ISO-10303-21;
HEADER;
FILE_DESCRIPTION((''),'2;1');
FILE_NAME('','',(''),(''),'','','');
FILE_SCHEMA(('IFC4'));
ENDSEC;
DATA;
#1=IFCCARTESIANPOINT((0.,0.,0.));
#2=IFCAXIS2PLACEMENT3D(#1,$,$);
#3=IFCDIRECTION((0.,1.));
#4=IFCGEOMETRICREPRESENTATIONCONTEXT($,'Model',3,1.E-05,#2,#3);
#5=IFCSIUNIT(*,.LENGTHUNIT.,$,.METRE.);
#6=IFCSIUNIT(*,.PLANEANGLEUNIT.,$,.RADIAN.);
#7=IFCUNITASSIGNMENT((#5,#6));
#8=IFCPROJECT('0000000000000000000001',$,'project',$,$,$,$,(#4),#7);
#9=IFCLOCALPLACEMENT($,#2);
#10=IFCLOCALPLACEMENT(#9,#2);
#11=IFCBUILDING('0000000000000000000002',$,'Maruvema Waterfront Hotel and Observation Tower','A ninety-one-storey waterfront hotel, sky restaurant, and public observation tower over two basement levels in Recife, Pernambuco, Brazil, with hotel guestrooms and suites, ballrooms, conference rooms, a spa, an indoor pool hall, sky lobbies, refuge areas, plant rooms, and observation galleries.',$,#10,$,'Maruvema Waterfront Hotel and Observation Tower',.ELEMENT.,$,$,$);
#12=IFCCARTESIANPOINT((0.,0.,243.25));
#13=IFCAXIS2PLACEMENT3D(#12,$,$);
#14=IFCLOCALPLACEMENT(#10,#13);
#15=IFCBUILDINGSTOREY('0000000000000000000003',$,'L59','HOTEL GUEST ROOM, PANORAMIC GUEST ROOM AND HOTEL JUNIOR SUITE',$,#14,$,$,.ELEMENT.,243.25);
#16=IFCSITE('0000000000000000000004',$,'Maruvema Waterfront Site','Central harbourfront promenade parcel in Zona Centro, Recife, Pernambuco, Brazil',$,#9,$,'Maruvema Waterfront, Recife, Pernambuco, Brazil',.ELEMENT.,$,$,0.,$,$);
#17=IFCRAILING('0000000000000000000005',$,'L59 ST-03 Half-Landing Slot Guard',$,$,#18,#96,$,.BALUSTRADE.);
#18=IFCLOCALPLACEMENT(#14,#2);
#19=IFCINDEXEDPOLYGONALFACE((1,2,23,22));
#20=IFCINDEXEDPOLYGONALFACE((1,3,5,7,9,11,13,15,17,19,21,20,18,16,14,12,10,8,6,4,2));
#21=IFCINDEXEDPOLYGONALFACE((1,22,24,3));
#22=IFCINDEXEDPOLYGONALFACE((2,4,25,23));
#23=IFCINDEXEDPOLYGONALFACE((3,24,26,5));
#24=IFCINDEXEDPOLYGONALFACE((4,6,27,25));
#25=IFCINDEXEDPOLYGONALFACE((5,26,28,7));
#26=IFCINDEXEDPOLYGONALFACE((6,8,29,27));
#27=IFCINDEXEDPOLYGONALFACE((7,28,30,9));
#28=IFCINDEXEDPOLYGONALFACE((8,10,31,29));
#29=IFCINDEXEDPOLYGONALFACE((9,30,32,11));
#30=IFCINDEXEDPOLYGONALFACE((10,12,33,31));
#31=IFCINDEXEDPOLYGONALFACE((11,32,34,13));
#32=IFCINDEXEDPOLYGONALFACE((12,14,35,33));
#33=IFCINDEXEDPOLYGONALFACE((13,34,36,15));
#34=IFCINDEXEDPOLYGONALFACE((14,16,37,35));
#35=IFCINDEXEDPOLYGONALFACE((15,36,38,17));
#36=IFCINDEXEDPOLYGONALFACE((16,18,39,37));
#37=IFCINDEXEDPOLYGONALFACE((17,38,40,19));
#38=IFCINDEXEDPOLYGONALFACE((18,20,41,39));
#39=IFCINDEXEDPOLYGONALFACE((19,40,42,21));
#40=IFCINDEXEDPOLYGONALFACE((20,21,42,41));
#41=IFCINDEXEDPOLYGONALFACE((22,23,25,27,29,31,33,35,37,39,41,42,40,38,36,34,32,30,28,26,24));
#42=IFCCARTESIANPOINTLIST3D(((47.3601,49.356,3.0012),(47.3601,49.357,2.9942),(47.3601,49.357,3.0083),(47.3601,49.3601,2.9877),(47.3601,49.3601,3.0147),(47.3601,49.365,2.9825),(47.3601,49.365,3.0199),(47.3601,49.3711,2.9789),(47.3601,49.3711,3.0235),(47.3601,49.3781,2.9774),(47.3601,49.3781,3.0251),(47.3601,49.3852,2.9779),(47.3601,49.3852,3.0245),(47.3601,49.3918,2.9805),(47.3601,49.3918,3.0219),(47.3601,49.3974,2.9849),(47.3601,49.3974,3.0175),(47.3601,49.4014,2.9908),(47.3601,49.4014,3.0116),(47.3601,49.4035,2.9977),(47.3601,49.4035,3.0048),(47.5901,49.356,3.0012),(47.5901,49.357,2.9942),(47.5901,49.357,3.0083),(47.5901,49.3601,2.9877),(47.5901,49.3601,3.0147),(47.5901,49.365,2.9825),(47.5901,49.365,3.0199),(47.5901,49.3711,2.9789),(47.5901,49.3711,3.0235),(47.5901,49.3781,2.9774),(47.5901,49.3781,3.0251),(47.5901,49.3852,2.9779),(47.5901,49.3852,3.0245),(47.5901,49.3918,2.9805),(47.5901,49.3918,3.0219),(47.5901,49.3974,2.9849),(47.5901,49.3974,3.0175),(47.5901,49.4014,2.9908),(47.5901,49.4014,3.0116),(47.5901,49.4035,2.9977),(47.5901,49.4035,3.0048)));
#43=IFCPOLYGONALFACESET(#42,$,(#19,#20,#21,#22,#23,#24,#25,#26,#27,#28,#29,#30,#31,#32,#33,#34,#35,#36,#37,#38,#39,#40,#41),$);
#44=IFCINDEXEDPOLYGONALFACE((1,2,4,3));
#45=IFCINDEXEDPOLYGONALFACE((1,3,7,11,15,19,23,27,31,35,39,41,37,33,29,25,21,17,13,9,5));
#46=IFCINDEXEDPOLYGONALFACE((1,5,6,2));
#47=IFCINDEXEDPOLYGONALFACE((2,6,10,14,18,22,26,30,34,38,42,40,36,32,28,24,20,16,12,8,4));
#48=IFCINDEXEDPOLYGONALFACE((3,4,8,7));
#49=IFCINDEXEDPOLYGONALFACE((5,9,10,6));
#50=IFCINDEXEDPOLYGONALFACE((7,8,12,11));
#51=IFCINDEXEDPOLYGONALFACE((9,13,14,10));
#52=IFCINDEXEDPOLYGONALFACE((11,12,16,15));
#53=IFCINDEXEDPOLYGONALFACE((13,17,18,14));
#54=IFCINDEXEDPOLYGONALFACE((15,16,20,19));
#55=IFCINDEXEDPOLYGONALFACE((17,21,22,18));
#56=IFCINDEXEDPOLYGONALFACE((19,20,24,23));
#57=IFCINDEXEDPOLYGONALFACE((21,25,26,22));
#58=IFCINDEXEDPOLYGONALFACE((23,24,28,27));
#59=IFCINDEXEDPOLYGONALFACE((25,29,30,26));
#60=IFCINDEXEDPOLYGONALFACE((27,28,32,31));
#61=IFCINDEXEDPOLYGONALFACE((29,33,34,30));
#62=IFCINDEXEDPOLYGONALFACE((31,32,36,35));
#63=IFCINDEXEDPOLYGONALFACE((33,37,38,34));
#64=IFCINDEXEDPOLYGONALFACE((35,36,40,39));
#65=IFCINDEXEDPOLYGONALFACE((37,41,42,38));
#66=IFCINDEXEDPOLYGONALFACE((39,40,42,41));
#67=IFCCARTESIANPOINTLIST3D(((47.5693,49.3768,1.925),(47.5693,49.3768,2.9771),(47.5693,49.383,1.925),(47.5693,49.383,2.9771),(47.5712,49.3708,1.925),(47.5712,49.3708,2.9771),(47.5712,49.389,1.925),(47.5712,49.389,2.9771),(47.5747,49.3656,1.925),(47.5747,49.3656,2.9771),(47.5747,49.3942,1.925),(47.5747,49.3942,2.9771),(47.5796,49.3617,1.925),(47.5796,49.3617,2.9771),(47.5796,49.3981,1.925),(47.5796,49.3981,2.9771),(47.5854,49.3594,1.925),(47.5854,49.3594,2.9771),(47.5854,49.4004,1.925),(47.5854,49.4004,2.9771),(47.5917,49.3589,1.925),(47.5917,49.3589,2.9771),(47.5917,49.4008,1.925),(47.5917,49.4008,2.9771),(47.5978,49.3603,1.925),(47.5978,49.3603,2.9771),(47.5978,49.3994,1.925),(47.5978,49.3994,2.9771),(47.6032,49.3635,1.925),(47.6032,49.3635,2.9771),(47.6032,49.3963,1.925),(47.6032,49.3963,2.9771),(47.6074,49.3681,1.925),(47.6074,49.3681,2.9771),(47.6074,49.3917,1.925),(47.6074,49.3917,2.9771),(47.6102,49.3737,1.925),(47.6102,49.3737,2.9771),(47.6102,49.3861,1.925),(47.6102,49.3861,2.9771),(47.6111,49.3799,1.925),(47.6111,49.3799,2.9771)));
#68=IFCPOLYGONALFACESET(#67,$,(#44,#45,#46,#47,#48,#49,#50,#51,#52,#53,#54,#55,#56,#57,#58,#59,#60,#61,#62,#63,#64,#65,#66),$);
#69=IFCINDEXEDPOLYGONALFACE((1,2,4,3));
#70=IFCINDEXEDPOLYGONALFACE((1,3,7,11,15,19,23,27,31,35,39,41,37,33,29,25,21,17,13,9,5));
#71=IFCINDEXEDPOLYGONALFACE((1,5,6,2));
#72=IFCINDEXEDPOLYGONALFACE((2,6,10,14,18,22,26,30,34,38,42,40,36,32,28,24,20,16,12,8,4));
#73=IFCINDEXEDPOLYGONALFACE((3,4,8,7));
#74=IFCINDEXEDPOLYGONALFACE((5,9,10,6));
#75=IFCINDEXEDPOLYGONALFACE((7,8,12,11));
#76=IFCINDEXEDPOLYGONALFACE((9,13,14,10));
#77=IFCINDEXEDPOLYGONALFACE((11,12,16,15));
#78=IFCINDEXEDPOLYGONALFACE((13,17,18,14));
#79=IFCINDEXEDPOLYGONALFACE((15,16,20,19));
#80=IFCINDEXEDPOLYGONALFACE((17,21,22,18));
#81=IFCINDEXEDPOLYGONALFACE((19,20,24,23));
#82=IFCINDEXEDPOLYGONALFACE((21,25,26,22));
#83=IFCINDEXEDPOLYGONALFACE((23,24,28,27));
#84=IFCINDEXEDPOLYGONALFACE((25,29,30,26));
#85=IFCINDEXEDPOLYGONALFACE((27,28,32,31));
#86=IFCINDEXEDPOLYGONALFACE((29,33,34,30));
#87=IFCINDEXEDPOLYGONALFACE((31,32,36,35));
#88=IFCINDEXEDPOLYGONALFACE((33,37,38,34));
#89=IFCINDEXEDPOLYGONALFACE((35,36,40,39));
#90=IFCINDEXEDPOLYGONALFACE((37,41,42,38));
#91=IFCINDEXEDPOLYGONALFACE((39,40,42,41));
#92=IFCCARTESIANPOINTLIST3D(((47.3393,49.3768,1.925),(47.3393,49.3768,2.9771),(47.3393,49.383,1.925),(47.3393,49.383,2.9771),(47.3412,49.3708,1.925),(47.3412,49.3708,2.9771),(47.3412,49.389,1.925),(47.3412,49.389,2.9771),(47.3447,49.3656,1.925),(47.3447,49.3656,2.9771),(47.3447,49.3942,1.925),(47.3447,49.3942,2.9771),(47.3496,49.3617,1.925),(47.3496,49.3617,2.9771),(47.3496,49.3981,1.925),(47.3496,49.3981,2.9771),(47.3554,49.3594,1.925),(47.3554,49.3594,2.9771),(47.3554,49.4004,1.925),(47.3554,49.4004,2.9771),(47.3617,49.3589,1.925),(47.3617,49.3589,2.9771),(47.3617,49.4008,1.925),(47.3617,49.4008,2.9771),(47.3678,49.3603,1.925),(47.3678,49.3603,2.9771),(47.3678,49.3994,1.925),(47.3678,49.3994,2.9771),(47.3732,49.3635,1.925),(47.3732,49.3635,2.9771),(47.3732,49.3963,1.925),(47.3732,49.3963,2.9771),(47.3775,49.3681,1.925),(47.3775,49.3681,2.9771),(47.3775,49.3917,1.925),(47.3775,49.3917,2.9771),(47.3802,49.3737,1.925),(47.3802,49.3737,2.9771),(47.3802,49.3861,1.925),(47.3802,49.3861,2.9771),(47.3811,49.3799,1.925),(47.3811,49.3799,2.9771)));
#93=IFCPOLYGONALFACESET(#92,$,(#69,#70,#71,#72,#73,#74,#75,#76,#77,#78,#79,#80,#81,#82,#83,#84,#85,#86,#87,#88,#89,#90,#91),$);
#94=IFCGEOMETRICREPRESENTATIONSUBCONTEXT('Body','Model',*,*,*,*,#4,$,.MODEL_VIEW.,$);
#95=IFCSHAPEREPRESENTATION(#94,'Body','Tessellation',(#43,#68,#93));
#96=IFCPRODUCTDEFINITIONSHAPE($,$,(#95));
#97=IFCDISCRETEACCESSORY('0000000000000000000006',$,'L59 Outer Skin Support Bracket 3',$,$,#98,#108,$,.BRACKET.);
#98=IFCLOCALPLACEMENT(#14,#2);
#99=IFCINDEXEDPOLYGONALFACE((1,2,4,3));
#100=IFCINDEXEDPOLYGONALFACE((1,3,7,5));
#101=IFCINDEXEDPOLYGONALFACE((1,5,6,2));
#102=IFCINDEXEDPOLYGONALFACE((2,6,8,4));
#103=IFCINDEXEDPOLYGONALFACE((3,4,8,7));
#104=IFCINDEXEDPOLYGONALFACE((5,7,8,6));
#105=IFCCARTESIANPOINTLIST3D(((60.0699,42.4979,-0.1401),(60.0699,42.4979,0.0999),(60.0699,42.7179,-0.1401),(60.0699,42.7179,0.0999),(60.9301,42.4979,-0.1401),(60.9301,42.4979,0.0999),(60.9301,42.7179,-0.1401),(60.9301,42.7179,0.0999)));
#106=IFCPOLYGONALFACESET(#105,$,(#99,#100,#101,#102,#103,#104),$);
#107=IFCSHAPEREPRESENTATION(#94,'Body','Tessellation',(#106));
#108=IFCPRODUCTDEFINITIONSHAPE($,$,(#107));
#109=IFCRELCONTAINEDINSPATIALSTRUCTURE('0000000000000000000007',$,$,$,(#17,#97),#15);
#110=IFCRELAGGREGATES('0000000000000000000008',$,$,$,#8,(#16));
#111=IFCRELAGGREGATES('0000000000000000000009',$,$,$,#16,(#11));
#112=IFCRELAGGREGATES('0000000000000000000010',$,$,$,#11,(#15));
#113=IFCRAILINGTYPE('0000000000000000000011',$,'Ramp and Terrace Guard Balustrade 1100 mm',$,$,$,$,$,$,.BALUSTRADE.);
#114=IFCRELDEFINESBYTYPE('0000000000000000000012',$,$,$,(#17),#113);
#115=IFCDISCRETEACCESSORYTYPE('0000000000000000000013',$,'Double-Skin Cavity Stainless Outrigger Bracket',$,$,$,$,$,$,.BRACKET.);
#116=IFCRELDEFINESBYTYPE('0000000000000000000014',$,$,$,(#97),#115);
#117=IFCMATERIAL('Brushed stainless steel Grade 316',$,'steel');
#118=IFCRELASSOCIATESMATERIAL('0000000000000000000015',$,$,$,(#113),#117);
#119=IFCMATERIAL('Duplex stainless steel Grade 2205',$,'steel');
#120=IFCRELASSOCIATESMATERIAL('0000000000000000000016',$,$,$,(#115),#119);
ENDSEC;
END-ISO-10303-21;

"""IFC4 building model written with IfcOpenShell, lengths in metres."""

from ifc_helpers import new_model, si_unit, direction, frame, origin, origin_2d, place, context, subcontext, project, spatial, rectangle, circle, extrude, material, type_object, element, save


model = new_model("IFC4")

# Units and contexts
model_context = context("Model", 3, precision=1e-05, world=origin(), true_north=direction((0.0, 1.0)))
body_context = subcontext(model_context, "Body", "Model", "MODEL_VIEW")
ifc_project = project(units=[si_unit("LENGTHUNIT", "METRE"), si_unit("PLANEANGLEUNIT", "RADIAN")], contexts=[model_context])

# Site, building, storey
site_placement = place(None, origin())
site = spatial("IfcSite", under=ifc_project, at=site_placement, Name="Maruvema Waterfront Site", Description="Central harbourfront promenade parcel in Zona Centro, Recife, Pernambuco, Brazil", LongName="Maruvema Waterfront, Recife, Pernambuco, Brazil", CompositionType="ELEMENT", RefElevation=0.0)
building_placement = place(site_placement, origin())
building = spatial("IfcBuilding", under=site, at=building_placement, Name="Maruvema Waterfront Hotel and Observation Tower", Description="A ninety-one-storey waterfront hotel, sky restaurant, and public observation tower over two basement levels in Recife, Pernambuco, Brazil, with hotel guestrooms and suites, ballrooms, conference rooms, a spa, an indoor pool hall, sky lobbies, refuge areas, plant rooms, and observation galleries.", LongName="Maruvema Waterfront Hotel and Observation Tower", CompositionType="ELEMENT")
storey_placement = place(building_placement, frame((0.0, 0.0, 243.25)))
storey = spatial("IfcBuildingStorey", under=building, at=storey_placement, Name="L59", Description="HOTEL GUEST ROOM, PANORAMIC GUEST ROOM AND HOTEL JUNIOR SUITE", CompositionType="ELEMENT", Elevation=243.25)

# Railing
ifc_material_1 = material(Name="Brushed stainless steel Grade 316", Category="steel")
railing_type_1 = type_object("IfcRailingType", Name="Ramp and Terrace Guard Balustrade 1100 mm", PredefinedType="BALUSTRADE", material=ifc_material_1)
railing_1_placement = place(storey_placement, frame((47.5901, 49.3799, 1.925)))
element("IfcRailing", 1, at=railing_1_placement, inside=storey, type_object=railing_type_1, Name="L59 ST-03 Half-Landing Slot Guard", PredefinedType="BALUSTRADE", context=body_context, shape_type="SweptSolid", body=[
    extrude(circle(Radius=0.0239, at=origin_2d()), frame((0.0, 0.0, 1.0762), z_axis=(-1.0, 0.0, 0.0), x_axis=(0.0, -1.0, 0.0)), (0.0, 0.0, 1.0), 0.23),
    extrude(circle(Radius=0.021, at=origin_2d()), origin(), (0.0, 0.0, 1.0), 1.052),
    extrude(circle(Radius=0.021, at=origin_2d()), frame((-0.23, 0.0, 0.0)), (0.0, 0.0, 1.0), 1.052),
])

# Discrete accessory
ifc_material_2 = material(Name="Duplex stainless steel Grade 2205", Category="steel")
discrete_accessory_type = type_object("IfcDiscreteAccessoryType", Name="Double-Skin Cavity Stainless Outrigger Bracket", PredefinedType="BRACKET", material=ifc_material_2)
discrete_accessory_placement = place(storey_placement, frame((60.5, 42.6079, -0.1401), z_axis=(0.0, 0.0, 1.0), x_axis=(0.0, 1.0, 0.0)))
element("IfcDiscreteAccessory", 2, at=discrete_accessory_placement, inside=storey, type_object=discrete_accessory_type, Name="L59 Outer Skin Support Bracket 3", PredefinedType="BRACKET", context=body_context, shape_type="SweptSolid", body=[
    extrude(rectangle(XDim=0.22, YDim=0.8601, at=origin_2d()), origin(), (0.0, 0.0, 1.0), 0.24),
])

save(model, "model.ifc")
